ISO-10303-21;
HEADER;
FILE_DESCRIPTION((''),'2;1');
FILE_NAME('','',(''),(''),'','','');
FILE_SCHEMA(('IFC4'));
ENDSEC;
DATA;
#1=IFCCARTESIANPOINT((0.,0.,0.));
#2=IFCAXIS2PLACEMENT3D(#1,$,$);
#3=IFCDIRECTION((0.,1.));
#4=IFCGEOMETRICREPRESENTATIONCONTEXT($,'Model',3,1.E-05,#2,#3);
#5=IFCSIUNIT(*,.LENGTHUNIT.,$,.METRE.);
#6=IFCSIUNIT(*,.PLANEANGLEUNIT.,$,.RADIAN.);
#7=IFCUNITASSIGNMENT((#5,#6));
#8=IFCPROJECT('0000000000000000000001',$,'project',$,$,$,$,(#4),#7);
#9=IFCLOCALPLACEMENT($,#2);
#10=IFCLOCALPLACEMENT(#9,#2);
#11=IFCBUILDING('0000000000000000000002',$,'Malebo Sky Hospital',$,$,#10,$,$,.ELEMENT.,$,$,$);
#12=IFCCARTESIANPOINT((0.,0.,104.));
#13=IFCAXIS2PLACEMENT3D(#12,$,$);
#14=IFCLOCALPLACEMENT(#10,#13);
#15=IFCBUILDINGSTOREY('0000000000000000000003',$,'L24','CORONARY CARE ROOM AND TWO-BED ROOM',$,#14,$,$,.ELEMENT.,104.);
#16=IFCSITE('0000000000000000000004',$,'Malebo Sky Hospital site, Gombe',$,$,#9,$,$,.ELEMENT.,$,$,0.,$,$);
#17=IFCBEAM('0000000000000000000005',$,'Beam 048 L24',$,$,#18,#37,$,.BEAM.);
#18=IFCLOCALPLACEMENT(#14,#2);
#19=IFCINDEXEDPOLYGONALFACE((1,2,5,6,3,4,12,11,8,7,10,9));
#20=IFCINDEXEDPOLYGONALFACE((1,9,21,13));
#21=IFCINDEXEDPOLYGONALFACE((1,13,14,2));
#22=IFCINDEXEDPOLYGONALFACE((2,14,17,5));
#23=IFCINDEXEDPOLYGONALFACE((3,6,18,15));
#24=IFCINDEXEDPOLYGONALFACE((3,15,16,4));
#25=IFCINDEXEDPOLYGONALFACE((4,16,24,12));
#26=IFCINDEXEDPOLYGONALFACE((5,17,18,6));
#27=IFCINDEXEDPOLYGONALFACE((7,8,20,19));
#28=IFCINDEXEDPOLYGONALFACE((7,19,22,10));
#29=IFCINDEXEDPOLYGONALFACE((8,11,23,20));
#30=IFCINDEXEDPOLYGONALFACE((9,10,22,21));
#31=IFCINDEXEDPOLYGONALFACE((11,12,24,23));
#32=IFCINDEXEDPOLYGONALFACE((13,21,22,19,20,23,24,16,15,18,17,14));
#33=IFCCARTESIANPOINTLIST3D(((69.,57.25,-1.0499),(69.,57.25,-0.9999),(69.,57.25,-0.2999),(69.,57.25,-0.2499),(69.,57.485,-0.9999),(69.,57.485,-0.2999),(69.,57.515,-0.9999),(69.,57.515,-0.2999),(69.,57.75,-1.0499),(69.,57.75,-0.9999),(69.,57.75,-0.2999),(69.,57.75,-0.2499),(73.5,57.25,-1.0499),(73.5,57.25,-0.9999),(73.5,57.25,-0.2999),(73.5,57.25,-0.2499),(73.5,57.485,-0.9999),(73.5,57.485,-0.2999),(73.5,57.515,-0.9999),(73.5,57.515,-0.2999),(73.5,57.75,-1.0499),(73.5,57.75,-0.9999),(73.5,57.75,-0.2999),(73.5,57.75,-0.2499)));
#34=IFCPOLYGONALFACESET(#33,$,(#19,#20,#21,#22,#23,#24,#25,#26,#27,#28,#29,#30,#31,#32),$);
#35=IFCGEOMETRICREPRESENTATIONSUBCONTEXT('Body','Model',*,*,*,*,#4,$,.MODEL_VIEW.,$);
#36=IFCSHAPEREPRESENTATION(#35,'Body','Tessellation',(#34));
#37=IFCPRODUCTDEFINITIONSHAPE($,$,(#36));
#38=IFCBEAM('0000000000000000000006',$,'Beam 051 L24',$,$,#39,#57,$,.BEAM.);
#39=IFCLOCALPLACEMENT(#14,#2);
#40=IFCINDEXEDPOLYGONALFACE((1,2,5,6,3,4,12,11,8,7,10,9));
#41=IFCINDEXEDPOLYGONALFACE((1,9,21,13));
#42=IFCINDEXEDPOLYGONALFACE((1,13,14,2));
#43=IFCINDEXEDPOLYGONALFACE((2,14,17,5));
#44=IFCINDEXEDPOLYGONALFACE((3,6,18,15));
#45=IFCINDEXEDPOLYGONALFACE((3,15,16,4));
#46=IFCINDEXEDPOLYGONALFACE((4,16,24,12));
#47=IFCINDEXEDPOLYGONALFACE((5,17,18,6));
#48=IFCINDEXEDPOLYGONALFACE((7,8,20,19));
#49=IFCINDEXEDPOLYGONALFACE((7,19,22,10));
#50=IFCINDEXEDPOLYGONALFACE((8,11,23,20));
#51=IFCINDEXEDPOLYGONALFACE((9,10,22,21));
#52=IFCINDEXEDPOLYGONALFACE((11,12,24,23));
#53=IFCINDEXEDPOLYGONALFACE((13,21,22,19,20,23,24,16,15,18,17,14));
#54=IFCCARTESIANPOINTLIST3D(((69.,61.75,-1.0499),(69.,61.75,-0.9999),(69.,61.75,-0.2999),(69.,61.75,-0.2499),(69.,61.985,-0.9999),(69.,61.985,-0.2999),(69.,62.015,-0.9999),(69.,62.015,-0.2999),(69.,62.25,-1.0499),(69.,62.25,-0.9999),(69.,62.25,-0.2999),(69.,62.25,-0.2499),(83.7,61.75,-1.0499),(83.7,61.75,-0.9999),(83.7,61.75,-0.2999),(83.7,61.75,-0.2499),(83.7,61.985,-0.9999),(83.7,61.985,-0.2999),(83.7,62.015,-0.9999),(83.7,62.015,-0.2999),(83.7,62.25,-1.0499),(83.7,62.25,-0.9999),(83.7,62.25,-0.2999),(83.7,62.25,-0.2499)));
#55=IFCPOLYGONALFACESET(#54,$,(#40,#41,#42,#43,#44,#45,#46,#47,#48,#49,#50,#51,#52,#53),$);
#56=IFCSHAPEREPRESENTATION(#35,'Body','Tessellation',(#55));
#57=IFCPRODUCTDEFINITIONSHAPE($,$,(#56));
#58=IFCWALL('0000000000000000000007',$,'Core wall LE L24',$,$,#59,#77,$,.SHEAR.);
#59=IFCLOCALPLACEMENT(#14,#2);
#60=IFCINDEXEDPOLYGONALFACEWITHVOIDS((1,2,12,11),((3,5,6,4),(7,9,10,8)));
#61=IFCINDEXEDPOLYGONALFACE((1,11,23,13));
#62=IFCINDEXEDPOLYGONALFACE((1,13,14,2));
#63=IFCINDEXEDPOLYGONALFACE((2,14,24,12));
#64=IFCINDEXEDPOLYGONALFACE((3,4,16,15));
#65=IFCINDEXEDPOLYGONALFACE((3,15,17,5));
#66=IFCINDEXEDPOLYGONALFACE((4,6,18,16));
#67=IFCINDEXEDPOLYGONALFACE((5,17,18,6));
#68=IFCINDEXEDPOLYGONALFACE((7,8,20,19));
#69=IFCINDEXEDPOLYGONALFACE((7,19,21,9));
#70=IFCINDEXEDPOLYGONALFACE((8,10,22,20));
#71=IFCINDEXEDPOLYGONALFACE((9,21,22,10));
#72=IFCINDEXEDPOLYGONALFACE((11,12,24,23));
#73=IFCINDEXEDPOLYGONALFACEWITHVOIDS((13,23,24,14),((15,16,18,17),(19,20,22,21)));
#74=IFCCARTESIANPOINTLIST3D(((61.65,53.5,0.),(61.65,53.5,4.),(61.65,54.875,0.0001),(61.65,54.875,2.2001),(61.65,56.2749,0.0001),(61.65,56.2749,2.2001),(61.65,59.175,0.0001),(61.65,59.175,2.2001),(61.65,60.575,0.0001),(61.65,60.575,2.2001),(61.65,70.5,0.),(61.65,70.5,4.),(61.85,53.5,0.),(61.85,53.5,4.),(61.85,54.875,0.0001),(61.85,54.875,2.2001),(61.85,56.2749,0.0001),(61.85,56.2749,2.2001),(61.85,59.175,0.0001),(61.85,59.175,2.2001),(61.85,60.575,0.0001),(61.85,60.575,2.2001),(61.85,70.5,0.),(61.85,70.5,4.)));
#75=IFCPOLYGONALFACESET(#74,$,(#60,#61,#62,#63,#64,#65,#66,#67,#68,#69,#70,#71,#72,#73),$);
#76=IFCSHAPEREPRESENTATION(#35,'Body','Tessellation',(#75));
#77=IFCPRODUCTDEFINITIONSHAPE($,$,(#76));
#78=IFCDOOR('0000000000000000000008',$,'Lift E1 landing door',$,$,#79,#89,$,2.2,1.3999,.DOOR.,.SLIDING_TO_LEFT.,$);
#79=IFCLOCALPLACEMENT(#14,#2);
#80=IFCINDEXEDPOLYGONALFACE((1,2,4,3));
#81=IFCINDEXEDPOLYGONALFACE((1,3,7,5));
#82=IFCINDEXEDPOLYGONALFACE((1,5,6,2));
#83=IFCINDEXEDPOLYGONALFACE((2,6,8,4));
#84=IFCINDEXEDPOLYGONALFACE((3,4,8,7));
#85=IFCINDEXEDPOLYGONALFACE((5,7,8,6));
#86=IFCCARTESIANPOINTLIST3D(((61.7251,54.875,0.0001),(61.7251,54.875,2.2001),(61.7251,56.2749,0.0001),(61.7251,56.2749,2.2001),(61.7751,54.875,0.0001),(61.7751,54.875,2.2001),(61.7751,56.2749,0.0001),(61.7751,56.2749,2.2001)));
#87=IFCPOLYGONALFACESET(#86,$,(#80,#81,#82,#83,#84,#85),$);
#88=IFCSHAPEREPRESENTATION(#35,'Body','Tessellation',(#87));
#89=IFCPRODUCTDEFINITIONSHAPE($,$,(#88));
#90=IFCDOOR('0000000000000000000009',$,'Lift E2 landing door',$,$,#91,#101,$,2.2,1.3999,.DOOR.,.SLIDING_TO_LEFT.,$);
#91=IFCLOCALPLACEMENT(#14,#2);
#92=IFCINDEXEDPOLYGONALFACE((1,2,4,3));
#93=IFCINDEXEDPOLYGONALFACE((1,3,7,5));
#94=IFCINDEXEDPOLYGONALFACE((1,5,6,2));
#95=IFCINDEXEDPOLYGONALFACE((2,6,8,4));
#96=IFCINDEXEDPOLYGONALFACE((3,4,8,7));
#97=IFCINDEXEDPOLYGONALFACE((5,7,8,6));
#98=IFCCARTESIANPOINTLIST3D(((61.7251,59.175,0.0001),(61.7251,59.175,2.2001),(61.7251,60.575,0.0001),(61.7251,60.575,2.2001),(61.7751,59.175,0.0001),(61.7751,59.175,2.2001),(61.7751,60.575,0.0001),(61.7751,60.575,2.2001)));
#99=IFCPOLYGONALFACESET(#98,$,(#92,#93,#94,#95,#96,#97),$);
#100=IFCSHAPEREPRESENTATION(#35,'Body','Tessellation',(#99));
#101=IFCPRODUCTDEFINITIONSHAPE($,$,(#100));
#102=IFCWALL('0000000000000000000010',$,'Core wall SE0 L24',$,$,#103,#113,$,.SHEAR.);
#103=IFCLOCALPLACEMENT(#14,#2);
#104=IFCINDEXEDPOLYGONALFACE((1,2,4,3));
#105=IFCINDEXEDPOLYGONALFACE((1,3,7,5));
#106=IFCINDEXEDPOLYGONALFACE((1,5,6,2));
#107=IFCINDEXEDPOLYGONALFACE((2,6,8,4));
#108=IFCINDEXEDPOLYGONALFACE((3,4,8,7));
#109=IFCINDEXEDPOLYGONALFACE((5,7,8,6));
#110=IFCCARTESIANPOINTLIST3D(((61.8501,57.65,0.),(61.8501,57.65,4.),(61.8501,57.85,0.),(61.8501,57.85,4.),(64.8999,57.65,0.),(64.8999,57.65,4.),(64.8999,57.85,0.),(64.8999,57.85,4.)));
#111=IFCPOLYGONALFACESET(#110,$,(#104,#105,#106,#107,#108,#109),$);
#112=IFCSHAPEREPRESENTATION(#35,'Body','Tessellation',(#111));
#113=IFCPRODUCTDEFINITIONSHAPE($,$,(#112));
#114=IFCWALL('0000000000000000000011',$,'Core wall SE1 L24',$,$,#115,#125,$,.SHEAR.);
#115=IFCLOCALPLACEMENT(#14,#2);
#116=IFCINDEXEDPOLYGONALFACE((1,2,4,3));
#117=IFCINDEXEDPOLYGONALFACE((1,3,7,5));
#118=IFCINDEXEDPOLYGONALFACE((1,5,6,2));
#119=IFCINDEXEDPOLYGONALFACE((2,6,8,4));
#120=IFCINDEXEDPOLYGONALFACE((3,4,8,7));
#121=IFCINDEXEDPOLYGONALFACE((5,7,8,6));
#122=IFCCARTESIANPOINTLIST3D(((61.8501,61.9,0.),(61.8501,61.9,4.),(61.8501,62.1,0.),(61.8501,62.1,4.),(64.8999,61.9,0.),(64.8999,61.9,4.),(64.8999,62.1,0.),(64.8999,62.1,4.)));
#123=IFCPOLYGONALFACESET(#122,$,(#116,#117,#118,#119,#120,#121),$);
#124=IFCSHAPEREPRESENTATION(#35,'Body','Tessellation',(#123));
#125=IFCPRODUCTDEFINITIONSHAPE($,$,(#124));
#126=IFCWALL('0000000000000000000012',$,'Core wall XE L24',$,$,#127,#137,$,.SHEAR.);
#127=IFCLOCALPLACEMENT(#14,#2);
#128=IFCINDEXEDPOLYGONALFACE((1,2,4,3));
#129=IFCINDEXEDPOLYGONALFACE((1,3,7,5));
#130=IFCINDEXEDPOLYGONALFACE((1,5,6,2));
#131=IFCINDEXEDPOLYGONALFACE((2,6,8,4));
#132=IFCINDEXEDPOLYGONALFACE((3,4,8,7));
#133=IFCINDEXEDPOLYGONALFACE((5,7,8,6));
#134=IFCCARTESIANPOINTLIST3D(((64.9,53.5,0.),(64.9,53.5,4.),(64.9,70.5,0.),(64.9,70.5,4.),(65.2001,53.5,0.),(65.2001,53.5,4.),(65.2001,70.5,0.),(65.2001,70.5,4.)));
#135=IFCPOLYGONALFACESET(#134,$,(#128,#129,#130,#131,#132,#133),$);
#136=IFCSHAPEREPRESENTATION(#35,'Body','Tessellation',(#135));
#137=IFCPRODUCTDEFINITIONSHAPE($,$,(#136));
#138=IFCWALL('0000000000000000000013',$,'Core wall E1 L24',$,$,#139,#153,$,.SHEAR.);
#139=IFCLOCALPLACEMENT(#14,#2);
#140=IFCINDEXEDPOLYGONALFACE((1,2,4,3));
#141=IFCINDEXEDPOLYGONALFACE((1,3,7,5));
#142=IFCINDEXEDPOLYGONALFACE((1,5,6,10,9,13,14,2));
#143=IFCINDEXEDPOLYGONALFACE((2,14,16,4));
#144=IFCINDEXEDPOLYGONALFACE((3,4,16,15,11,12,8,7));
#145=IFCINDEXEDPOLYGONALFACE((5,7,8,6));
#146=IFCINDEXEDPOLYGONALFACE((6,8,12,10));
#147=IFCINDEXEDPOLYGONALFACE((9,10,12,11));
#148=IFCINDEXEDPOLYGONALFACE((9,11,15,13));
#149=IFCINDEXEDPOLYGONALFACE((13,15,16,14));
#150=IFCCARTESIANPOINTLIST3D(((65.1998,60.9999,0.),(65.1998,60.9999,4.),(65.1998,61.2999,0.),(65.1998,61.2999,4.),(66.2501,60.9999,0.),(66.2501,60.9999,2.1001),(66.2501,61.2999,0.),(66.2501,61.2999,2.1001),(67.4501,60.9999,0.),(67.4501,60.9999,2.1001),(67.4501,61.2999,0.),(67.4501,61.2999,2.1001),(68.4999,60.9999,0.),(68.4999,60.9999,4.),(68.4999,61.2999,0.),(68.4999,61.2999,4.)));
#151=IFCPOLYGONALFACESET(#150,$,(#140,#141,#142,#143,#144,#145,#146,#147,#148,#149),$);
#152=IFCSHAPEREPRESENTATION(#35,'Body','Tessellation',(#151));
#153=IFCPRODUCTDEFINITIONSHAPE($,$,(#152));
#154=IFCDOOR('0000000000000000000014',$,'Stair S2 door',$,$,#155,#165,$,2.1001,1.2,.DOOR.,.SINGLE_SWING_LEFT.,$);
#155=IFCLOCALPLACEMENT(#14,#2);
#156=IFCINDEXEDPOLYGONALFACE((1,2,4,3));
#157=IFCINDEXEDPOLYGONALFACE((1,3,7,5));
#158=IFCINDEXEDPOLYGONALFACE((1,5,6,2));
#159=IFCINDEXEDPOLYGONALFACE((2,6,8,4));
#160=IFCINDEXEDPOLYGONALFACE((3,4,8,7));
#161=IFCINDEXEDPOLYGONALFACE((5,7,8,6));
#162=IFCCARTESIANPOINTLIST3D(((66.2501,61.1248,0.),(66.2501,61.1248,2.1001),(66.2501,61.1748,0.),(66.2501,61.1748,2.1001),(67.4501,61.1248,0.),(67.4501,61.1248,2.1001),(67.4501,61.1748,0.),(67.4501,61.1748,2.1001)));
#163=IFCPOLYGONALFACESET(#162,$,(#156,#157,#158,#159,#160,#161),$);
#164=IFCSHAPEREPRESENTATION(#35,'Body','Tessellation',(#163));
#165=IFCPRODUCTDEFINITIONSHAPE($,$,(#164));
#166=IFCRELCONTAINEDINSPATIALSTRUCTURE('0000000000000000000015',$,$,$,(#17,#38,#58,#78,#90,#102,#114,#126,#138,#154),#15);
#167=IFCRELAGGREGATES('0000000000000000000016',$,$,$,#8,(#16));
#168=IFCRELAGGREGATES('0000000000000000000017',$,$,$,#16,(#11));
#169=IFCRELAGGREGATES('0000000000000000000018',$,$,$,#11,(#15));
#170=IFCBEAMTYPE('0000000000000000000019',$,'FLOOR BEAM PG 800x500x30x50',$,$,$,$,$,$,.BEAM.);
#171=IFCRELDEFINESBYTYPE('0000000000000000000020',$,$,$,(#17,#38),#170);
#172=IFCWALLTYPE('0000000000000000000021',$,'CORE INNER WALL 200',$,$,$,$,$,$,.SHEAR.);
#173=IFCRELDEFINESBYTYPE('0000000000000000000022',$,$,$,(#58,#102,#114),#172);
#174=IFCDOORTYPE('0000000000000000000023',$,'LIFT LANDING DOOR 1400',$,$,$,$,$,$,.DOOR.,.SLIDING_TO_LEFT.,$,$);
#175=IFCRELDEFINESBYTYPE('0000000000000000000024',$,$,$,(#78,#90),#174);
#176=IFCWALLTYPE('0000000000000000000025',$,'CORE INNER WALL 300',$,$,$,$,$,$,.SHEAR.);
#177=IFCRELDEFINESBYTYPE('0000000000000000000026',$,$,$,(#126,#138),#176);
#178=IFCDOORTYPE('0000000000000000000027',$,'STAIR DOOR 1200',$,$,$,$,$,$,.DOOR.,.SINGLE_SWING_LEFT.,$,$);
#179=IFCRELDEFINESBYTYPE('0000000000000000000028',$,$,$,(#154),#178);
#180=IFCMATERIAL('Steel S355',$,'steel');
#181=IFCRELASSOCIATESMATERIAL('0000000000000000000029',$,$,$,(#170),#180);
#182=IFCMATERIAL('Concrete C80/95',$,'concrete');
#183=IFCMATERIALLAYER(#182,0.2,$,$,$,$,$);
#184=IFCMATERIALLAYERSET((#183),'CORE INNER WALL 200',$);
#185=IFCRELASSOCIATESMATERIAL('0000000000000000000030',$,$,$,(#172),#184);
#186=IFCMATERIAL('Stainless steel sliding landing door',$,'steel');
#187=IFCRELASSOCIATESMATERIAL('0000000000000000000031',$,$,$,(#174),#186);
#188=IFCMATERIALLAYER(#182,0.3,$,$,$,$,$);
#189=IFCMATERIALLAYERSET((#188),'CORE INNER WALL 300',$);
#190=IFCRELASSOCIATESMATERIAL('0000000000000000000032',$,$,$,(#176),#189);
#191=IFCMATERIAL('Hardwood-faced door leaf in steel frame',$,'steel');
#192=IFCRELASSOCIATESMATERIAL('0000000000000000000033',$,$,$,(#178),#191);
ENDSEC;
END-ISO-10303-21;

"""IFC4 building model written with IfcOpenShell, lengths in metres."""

from ifc_helpers import new_model, si_unit, direction, frame, frame_2d, origin, origin_2d, place, context, subcontext, project, spatial, rectangle, i_section, extrude, material, layer, layer_set, material_profile, profile_set, type_object, element, fill, save


model = new_model("IFC4")

# Units and contexts
model_context = context("Model", 3, precision=1e-05, world=origin(), true_north=direction((0.0, 1.0)))
body_context = subcontext(model_context, "Body", "Model", "MODEL_VIEW")
ifc_project = project(units=[si_unit("LENGTHUNIT", "METRE"), si_unit("PLANEANGLEUNIT", "RADIAN")], contexts=[model_context])

# Site, building, storey
site_placement = place(None, origin())
site = spatial("IfcSite", under=ifc_project, at=site_placement, Name="Malebo Sky Hospital site, Gombe", CompositionType="ELEMENT", RefElevation=0.0)
building_placement = place(site_placement, origin())
building = spatial("IfcBuilding", under=site, at=building_placement, Name="Malebo Sky Hospital", CompositionType="ELEMENT")
storey_placement = place(building_placement, frame((0.0, 0.0, 104.0)))
storey = spatial("IfcBuildingStorey", under=building, at=storey_placement, Name="L24", Description="CORONARY CARE ROOM AND TWO-BED ROOM", CompositionType="ELEMENT", Elevation=104.0)

# Beams
ifc_material_1 = material(Name="Steel S355", Category="steel")
ifc_material_profile = material_profile(ifc_material_1, i_section(OverallWidth=0.5, OverallDepth=0.8, WebThickness=0.03, FlangeThickness=0.05, at=origin_2d()), Name="PG 800x500x30x50")
ifc_profile_set = profile_set([ifc_material_profile], Name="Steel S355")
beam_type = type_object("IfcBeamType", Name="FLOOR BEAM PG 800x500x30x50", PredefinedType="BEAM", material=ifc_profile_set)
beam_1_placement = place(storey_placement, frame((69.0, 57.5, -0.6499), z_axis=(1.0, 0.0, 0.0), x_axis=(0.0, 1.0, 0.0)))
element("IfcBeam", 1, at=beam_1_placement, inside=storey, type_object=beam_type, Name="Beam 048 L24", PredefinedType="BEAM", context=body_context, shape_type="SweptSolid", body=[
    extrude(i_section(OverallWidth=0.5, OverallDepth=0.8, WebThickness=0.03, FlangeThickness=0.05, at=origin_2d()), origin(), (0.0, 0.0, 1.0), 4.5),
])
beam_2_placement = place(storey_placement, frame((69.0, 62.0, -0.6499), z_axis=(1.0, 0.0, 0.0), x_axis=(0.0, 1.0, 0.0)))
element("IfcBeam", 2, at=beam_2_placement, inside=storey, type_object=beam_type, Name="Beam 051 L24", PredefinedType="BEAM", context=body_context, shape_type="SweptSolid", body=[
    extrude(i_section(OverallWidth=0.5, OverallDepth=0.8, WebThickness=0.03, FlangeThickness=0.05, at=origin_2d()), origin(), (0.0, 0.0, 1.0), 14.7),
])

# Wall, openings, doors
ifc_material_2 = material(Name="Concrete C80/95", Category="concrete")
ifc_layer_1 = layer(ifc_material_2, 0.2)
ifc_layer_set_1 = layer_set([ifc_layer_1], Name="CORE INNER WALL 200")
wall_type_1 = type_object("IfcWallType", Name="CORE INNER WALL 200", PredefinedType="SHEAR", material=ifc_layer_set_1)
wall_1_placement = place(storey_placement, frame((61.75, 53.5, 0.0), z_axis=(0.0, 0.0, 1.0), x_axis=(0.0, 1.0, 0.0)))
wall_1 = element("IfcWall", 3, at=wall_1_placement, inside=storey, type_object=wall_type_1, Name="Core wall LE L24", PredefinedType="SHEAR", context=body_context, shape_type="SweptSolid", body=[
    extrude(rectangle(XDim=17.0, YDim=0.2, at=frame_2d((8.5, 0.0))), origin(), (0.0, 0.0, 1.0), 4.0),
])
opening_1_placement = place(wall_1_placement, frame((1.375, 0.0, 0.0)))
opening_1 = element("IfcOpeningElement", 4, at=opening_1_placement, cuts=wall_1, PredefinedType="OPENING", context=body_context, shape_type="SweptSolid", body=[
    extrude(rectangle(XDim=1.3999, YDim=2.2, at=frame_2d((0.7, 1.1001))), frame((0.0, 0.1099, 0.0), z_axis=(0.0, -1.0, 0.0), x_axis=(1.0, 0.0, 0.0)), (0.0, 0.0, 1.0), 0.22),
])
opening_2_placement = place(wall_1_placement, frame((5.675, 0.0, 0.0)))
opening_2 = element("IfcOpeningElement", 5, at=opening_2_placement, cuts=wall_1, PredefinedType="OPENING", context=body_context, shape_type="SweptSolid", body=[
    extrude(rectangle(XDim=1.3999, YDim=2.2, at=frame_2d((0.7, 1.1001))), frame((0.0, 0.1099, 0.0), z_axis=(0.0, -1.0, 0.0), x_axis=(1.0, 0.0, 0.0)), (0.0, 0.0, 1.0), 0.22),
])
ifc_material_3 = material(Name="Stainless steel sliding landing door", Category="steel")
door_type_1 = type_object("IfcDoorType", Name="LIFT LANDING DOOR 1400", OperationType="SLIDING_TO_LEFT", PredefinedType="DOOR", material=ifc_material_3)
door_1_placement = place(opening_1_placement, origin())
door_1 = element("IfcDoor", 6, at=door_1_placement, inside=storey, type_object=door_type_1, Name="Lift E1 landing door", OperationType="SLIDING_TO_LEFT", OverallHeight=2.2, OverallWidth=1.3999, PredefinedType="DOOR", context=body_context, shape_type="SweptSolid", body=[
    extrude(rectangle(XDim=1.3999, YDim=2.2, at=frame_2d((0.7, 1.1001))), frame((0.0, 0.0249, 0.0), z_axis=(0.0, -1.0, 0.0), x_axis=(1.0, 0.0, 0.0)), (0.0, 0.0, 1.0), 0.05),
])
fill(opening_1, door_1)
door_2_placement = place(opening_2_placement, origin())
door_2 = element("IfcDoor", 7, at=door_2_placement, inside=storey, type_object=door_type_1, Name="Lift E2 landing door", OperationType="SLIDING_TO_LEFT", OverallHeight=2.2, OverallWidth=1.3999, PredefinedType="DOOR", context=body_context, shape_type="SweptSolid", body=[
    extrude(rectangle(XDim=1.3999, YDim=2.2, at=frame_2d((0.7, 1.1001))), frame((0.0, 0.0249, 0.0), z_axis=(0.0, -1.0, 0.0), x_axis=(1.0, 0.0, 0.0)), (0.0, 0.0, 1.0), 0.05),
])
fill(opening_2, door_2)

# Walls
for number, where, z_axis, x_axis, name in (
    (8, (61.8501, 57.75, 0.0), (0.0, 0.0, 1.0), (1.0, 0.0, 0.0), "Core wall SE0 L24"),
    (9, (61.8501, 62.0, 0.0), (0.0, 0.0, 1.0), (1.0, 0.0, 0.0), "Core wall SE1 L24"),
):
    element("IfcWall", number, at=place(storey_placement, frame(where, z_axis=z_axis, x_axis=x_axis)), inside=storey, type_object=wall_type_1, Name=name, PredefinedType="SHEAR", context=body_context, shape_type="SweptSolid", body=[
        extrude(rectangle(XDim=3.0498, YDim=0.2, at=frame_2d((1.5249, 0.0))), origin(), (0.0, 0.0, 1.0), 4.0),
    ])
ifc_layer_2 = layer(ifc_material_2, 0.3)
ifc_layer_set_2 = layer_set([ifc_layer_2], Name="CORE INNER WALL 300")
wall_type_2 = type_object("IfcWallType", Name="CORE INNER WALL 300", PredefinedType="SHEAR", material=ifc_layer_set_2)
wall_2_placement = place(storey_placement, frame((65.05, 53.5, 0.0), z_axis=(0.0, 0.0, 1.0), x_axis=(0.0, 1.0, 0.0)))
element("IfcWall", 10, at=wall_2_placement, inside=storey, type_object=wall_type_2, Name="Core wall XE L24", PredefinedType="SHEAR", context=body_context, shape_type="SweptSolid", body=[
    extrude(rectangle(XDim=17.0, YDim=0.3, at=frame_2d((8.5, 0.0))), origin(), (0.0, 0.0, 1.0), 4.0),
])

# Wall, opening, door
wall_3_placement = place(storey_placement, frame((65.2, 61.1499, 0.0), z_axis=(0.0, 0.0, 1.0), x_axis=(1.0, 0.0, 0.0)))
wall_3 = element("IfcWall", 11, at=wall_3_placement, inside=storey, type_object=wall_type_2, Name="Core wall E1 L24", PredefinedType="SHEAR", context=body_context, shape_type="SweptSolid", body=[
    extrude(rectangle(XDim=3.3, YDim=0.3, at=frame_2d((1.6499, 0.0))), origin(), (0.0, 0.0, 1.0), 4.0),
])
opening_3_placement = place(wall_3_placement, frame((1.05, 0.0, 0.0)))
opening_3 = element("IfcOpeningElement", 12, at=opening_3_placement, cuts=wall_3, PredefinedType="OPENING", context=body_context, shape_type="SweptSolid", body=[
    extrude(rectangle(XDim=1.2, YDim=2.1001, at=frame_2d((0.6001, 1.05))), frame((0.0, 0.1599, 0.0), z_axis=(0.0, -1.0, 0.0), x_axis=(1.0, 0.0, 0.0)), (0.0, 0.0, 1.0), 0.3201),
])
ifc_material_4 = material(Name="Hardwood-faced door leaf in steel frame", Category="steel")
door_type_2 = type_object("IfcDoorType", Name="STAIR DOOR 1200", OperationType="SINGLE_SWING_LEFT", PredefinedType="DOOR", material=ifc_material_4)
door_3_placement = place(opening_3_placement, origin())
door_3 = element("IfcDoor", 13, at=door_3_placement, inside=storey, type_object=door_type_2, Name="Stair S2 door", OperationType="SINGLE_SWING_LEFT", OverallHeight=2.1001, OverallWidth=1.2, PredefinedType="DOOR", context=body_context, shape_type="SweptSolid", body=[
    extrude(rectangle(XDim=1.2, YDim=2.1001, at=frame_2d((0.6001, 1.05))), frame((0.0, 0.0249, 0.0), z_axis=(0.0, -1.0, 0.0), x_axis=(1.0, 0.0, 0.0)), (0.0, 0.0, 1.0), 0.05),
])
fill(opening_3, door_3)

save(model, "model.ifc")
